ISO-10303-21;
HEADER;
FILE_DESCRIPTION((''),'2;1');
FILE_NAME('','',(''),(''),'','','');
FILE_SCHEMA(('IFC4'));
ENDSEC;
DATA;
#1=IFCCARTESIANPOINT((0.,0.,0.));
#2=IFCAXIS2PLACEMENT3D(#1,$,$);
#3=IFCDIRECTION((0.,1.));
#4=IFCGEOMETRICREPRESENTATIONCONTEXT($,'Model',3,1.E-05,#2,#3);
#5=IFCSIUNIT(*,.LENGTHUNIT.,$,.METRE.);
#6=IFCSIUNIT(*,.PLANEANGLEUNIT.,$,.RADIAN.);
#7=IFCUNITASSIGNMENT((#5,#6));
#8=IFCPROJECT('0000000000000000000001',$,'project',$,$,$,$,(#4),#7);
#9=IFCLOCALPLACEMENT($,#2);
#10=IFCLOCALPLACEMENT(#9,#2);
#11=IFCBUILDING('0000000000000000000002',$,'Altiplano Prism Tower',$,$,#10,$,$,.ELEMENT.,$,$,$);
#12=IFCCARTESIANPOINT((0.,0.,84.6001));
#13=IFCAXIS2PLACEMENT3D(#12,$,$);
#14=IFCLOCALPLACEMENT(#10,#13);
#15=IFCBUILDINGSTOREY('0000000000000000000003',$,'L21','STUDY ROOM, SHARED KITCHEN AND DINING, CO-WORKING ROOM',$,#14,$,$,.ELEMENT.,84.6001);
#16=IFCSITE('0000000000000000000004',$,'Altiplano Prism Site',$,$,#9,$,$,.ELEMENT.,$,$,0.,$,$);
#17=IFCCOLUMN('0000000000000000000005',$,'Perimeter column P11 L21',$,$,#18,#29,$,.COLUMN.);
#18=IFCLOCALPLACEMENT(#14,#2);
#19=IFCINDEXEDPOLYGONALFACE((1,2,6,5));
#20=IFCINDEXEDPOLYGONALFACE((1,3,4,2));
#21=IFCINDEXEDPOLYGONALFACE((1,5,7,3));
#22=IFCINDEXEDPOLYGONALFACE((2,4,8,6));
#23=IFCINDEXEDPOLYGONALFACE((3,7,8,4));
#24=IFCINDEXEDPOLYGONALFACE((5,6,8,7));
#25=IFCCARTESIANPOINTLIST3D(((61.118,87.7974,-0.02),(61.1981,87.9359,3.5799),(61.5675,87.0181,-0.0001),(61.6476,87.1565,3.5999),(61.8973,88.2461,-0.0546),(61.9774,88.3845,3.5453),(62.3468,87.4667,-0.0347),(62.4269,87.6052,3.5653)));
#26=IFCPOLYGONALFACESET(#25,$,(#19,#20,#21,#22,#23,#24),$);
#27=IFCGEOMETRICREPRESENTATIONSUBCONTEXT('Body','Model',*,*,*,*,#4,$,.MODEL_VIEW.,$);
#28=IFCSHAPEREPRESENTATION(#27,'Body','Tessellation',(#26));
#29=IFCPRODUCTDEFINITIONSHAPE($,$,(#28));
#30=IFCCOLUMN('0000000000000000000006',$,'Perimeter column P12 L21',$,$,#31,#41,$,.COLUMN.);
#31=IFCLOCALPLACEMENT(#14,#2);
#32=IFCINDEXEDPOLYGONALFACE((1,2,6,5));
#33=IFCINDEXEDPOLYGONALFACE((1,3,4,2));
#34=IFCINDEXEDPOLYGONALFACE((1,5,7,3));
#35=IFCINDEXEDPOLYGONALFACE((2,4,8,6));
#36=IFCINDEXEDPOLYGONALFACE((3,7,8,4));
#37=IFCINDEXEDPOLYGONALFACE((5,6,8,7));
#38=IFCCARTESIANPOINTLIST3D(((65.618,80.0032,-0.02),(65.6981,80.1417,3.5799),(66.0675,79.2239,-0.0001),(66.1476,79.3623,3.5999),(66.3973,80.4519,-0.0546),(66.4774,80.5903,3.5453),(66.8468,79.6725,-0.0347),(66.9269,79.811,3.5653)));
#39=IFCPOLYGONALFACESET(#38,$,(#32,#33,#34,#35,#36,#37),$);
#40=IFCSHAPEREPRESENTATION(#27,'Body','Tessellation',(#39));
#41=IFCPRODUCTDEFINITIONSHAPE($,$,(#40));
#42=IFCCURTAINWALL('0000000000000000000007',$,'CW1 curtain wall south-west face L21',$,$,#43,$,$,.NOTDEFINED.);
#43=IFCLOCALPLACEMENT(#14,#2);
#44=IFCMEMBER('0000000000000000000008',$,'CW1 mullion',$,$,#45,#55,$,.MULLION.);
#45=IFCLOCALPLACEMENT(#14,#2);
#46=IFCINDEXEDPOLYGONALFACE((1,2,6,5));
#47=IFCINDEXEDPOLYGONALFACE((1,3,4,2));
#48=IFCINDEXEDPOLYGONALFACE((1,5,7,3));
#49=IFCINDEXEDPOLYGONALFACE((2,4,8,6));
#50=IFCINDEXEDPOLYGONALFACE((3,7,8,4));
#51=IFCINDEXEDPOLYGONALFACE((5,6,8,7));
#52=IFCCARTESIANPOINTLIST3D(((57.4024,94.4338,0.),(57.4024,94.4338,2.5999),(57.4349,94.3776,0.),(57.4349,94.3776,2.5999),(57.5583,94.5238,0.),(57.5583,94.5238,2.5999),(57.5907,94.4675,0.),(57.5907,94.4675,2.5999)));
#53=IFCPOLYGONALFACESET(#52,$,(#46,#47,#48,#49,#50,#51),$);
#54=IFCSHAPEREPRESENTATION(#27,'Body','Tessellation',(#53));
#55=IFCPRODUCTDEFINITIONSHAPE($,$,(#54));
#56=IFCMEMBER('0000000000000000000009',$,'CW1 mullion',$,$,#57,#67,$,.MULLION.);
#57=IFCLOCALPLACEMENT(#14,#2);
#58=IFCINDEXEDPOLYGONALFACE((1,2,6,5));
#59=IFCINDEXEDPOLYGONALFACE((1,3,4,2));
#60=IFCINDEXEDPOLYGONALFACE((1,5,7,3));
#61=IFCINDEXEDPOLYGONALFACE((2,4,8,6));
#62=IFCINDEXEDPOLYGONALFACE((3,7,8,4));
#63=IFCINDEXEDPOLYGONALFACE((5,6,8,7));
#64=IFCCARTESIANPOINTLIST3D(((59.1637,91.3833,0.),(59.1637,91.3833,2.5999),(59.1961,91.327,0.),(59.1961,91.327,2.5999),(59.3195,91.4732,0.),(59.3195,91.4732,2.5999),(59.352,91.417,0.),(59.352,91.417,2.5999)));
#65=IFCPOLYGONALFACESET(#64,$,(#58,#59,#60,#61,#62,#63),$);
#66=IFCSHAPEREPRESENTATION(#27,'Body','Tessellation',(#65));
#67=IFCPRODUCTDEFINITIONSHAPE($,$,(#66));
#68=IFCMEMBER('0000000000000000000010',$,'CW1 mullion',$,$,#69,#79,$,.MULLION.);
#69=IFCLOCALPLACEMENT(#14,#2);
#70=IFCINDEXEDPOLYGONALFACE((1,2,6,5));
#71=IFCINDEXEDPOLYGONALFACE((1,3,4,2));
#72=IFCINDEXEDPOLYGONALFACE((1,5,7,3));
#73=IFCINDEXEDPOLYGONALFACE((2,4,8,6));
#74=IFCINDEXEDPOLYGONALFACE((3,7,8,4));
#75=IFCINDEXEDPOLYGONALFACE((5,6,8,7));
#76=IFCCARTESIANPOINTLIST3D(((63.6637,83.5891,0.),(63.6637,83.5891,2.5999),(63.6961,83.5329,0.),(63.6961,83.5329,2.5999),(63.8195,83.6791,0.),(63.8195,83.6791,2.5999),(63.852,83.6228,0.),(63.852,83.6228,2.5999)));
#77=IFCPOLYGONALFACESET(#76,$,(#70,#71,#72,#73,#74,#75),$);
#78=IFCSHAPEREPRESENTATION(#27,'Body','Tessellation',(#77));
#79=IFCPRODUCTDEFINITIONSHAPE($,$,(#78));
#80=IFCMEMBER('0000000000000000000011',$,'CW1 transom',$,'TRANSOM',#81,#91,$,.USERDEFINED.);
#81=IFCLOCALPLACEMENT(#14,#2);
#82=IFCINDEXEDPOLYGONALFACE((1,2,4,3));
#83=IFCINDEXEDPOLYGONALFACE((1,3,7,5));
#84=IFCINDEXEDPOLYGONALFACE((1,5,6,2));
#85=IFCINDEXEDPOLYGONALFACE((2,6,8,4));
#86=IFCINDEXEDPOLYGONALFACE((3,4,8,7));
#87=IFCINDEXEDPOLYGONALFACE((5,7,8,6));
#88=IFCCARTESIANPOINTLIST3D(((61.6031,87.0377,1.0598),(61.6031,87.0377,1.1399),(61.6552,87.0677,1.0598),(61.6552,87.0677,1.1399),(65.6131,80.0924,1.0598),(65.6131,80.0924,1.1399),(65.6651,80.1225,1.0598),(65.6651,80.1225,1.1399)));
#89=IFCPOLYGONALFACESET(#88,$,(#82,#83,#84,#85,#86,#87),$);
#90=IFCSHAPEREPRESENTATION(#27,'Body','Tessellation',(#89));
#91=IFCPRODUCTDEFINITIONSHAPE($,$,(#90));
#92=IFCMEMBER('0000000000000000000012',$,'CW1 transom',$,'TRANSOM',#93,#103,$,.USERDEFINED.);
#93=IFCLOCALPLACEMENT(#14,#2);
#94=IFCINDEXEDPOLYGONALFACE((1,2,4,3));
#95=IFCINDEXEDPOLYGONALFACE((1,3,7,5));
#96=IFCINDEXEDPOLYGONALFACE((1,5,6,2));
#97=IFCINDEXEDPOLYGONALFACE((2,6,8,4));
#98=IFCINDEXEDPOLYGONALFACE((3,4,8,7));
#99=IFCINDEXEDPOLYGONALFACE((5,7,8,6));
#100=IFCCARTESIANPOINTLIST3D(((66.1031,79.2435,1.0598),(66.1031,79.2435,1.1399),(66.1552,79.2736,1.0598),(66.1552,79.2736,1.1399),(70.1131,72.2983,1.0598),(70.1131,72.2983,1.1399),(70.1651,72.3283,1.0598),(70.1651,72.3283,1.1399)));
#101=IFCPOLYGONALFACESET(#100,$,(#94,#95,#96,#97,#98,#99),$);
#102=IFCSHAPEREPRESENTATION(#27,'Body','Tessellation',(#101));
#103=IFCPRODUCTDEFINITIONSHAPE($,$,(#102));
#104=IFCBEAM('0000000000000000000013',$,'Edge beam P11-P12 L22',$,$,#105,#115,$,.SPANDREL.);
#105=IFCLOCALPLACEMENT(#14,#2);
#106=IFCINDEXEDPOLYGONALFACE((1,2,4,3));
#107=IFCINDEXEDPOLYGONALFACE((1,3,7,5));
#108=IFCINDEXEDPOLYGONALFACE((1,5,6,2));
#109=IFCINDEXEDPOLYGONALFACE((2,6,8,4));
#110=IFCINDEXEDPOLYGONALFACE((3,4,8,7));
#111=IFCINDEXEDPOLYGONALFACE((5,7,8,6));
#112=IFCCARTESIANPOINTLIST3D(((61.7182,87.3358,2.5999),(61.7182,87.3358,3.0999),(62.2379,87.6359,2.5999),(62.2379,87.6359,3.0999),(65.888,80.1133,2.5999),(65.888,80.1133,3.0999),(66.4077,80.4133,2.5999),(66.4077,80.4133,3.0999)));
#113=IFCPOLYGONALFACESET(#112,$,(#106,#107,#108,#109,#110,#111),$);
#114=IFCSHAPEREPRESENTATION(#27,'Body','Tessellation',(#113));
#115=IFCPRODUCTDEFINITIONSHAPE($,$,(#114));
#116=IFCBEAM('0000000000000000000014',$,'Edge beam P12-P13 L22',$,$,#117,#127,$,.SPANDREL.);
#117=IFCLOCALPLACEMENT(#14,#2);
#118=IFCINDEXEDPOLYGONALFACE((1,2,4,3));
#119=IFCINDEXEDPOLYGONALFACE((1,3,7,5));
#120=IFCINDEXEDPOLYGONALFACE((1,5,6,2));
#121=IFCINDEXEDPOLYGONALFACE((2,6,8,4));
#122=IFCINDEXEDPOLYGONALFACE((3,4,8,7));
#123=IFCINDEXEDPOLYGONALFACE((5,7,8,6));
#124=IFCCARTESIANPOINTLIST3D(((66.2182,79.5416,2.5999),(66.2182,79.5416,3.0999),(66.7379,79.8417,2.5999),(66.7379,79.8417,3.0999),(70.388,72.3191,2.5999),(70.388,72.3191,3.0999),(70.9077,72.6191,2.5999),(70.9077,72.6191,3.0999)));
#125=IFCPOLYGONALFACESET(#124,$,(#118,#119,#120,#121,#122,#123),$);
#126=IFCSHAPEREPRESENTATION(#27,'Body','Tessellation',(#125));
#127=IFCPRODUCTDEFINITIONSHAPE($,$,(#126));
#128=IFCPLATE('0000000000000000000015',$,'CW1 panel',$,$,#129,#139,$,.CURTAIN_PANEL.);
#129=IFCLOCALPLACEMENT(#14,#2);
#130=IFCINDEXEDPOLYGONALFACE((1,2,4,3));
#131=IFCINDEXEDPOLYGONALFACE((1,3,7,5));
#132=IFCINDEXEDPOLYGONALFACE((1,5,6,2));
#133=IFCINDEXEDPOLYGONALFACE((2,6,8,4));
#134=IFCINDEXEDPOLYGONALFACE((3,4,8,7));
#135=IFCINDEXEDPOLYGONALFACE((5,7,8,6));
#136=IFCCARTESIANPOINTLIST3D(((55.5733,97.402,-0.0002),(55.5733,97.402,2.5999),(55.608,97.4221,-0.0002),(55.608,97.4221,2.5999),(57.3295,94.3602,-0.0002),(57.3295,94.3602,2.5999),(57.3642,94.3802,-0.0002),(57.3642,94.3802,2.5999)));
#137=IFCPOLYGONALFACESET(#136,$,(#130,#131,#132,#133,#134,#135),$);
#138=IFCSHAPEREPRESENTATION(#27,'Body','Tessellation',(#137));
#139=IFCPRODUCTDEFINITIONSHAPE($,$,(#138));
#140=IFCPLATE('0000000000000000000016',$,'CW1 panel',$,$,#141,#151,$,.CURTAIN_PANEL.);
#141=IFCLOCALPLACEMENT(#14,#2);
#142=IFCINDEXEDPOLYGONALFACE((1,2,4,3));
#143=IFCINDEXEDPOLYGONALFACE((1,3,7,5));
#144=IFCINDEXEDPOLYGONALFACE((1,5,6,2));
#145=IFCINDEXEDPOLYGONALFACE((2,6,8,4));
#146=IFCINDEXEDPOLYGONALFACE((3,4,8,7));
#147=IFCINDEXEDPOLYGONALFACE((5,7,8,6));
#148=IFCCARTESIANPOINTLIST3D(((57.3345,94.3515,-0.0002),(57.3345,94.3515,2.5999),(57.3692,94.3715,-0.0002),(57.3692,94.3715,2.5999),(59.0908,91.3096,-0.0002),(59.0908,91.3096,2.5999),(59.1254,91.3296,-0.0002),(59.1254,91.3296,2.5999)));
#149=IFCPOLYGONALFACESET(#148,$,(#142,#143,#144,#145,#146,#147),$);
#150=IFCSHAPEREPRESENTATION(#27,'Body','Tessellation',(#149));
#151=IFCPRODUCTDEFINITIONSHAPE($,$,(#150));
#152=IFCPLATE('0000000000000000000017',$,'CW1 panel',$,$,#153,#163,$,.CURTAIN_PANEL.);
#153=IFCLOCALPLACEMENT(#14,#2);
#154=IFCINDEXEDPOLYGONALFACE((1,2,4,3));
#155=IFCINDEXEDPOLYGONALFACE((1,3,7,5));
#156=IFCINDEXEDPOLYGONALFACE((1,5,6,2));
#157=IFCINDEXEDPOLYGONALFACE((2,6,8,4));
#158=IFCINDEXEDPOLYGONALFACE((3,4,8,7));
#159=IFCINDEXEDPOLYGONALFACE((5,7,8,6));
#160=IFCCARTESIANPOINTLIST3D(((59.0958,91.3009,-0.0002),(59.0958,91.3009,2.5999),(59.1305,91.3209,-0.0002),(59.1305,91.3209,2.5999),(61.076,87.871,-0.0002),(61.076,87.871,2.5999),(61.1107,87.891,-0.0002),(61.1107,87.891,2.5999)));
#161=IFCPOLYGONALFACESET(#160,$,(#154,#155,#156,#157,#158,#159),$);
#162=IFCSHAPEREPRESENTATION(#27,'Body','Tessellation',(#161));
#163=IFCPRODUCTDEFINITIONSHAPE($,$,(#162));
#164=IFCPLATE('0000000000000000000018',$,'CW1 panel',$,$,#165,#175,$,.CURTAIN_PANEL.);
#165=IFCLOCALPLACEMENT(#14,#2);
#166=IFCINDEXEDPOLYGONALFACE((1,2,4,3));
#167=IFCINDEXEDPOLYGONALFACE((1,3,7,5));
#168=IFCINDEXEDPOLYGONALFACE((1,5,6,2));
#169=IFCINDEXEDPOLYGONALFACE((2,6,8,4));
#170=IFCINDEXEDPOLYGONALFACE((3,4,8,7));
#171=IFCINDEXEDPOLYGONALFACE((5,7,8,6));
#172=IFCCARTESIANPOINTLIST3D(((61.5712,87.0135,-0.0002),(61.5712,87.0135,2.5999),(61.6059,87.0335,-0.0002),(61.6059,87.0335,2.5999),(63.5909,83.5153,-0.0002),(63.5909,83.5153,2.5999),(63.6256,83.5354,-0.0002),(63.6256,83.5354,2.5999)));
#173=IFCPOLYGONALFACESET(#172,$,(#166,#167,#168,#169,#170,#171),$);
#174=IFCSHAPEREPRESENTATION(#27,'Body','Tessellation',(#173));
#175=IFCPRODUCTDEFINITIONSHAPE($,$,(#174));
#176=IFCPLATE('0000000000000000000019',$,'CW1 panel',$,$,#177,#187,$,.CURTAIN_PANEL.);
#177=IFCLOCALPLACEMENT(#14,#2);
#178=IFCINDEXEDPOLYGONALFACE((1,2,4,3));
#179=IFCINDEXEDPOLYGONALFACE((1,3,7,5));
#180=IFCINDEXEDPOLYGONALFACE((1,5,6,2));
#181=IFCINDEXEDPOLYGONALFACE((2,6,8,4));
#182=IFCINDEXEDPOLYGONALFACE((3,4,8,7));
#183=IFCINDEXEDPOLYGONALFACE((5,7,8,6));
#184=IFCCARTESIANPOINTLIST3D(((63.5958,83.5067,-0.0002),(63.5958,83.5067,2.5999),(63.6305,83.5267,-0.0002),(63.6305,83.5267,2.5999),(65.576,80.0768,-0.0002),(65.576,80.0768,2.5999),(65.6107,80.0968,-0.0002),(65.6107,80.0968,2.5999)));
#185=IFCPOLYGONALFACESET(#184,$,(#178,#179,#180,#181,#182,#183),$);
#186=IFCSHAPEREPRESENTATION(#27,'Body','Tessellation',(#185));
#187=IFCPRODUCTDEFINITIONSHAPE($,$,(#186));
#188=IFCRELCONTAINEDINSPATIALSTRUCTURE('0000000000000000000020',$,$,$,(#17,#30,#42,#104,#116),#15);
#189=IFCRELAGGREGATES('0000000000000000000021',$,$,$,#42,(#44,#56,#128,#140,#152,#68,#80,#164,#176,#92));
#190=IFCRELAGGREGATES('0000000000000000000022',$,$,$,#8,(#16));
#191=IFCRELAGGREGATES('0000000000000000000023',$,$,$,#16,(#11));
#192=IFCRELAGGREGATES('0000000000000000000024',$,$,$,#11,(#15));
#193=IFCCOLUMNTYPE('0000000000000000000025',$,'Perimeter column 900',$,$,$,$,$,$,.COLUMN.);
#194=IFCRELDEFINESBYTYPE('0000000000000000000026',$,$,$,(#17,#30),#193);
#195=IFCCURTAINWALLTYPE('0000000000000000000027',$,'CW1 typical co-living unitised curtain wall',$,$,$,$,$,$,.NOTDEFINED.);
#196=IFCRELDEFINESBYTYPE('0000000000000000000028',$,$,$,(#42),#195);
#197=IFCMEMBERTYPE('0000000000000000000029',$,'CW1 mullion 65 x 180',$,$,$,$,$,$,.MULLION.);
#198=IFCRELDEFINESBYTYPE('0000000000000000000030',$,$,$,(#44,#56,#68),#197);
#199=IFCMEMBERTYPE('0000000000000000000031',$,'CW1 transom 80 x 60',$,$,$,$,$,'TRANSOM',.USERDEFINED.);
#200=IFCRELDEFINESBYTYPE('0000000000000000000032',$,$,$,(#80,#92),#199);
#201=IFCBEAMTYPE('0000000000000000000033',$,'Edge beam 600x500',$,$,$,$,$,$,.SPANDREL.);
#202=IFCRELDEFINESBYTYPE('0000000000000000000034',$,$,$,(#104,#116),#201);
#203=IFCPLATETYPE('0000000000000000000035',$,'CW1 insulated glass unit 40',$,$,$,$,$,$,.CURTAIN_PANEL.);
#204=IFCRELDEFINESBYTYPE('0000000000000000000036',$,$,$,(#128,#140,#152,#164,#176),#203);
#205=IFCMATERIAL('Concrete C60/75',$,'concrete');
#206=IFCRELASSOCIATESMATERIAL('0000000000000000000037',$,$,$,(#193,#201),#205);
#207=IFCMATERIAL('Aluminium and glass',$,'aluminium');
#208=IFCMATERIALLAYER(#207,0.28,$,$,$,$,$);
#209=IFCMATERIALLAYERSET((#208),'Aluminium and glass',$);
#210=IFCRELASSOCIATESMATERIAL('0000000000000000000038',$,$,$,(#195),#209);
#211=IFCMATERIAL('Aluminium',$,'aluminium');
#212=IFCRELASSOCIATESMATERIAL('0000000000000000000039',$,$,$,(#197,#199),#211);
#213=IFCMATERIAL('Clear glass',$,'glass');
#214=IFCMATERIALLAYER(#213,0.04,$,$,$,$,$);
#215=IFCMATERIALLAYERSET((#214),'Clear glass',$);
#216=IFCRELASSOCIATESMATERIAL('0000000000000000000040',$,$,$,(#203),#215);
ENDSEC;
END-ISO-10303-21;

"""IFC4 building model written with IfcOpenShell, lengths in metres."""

from ifc_helpers import new_model, si_unit, direction, frame, origin, origin_2d, place, context, subcontext, project, spatial, rectangle, extrude, material, layer, layer_set, material_profile, profile_set, type_object, element, aggregate, save


model = new_model("IFC4")

# Units and contexts
model_context = context("Model", 3, precision=1e-05, world=origin(), true_north=direction((0.0, 1.0)))
body_context = subcontext(model_context, "Body", "Model", "MODEL_VIEW")
ifc_project = project(units=[si_unit("LENGTHUNIT", "METRE"), si_unit("PLANEANGLEUNIT", "RADIAN")], contexts=[model_context])

# Site, building, storey
site_placement = place(None, origin())
site = spatial("IfcSite", under=ifc_project, at=site_placement, Name="Altiplano Prism Site", CompositionType="ELEMENT", RefElevation=0.0)
building_placement = place(site_placement, origin())
building = spatial("IfcBuilding", under=site, at=building_placement, Name="Altiplano Prism Tower", CompositionType="ELEMENT")
storey_placement = place(building_placement, frame((0.0, 0.0, 84.6001)))
storey = spatial("IfcBuildingStorey", under=building, at=storey_placement, Name="L21", Description="STUDY ROOM, SHARED KITCHEN AND DINING, CO-WORKING ROOM", CompositionType="ELEMENT", Elevation=84.6001)

# Columns
ifc_material_1 = material(Name="Concrete C60/75", Category="concrete")
ifc_material_profile_1 = material_profile(ifc_material_1, rectangle(XDim=0.8999, YDim=0.8999, at=origin_2d()), Name="Perimeter column 900")
ifc_profile_set_1 = profile_set([ifc_material_profile_1], Name="Concrete C60/75")
column_type = type_object("IfcColumnType", Name="Perimeter column 900", PredefinedType="COLUMN", material=ifc_profile_set_1)
for number, where, z_axis, x_axis, name in (
    (1, (61.7324, 87.6321, -0.0273), (0.022223, 0.038416, 0.999015), (-0.866024, -0.498523, 0.038435), "Perimeter column P11 L21"),
    (2, (66.2324, 79.8379, -0.0273), (0.022223, 0.038416, 0.999015), (-0.866024, -0.498523, 0.038435), "Perimeter column P12 L21"),
):
    element("IfcColumn", number, at=place(storey_placement, frame(where, z_axis=z_axis, x_axis=x_axis)), inside=storey, type_object=column_type, Name=name, PredefinedType="COLUMN", context=body_context, shape_type="SweptSolid", body=[
        extrude(rectangle(XDim=0.8999, YDim=0.8999, at=origin_2d()), origin(), (0.0, 0.0, 1.0), 3.6035),
    ])

# Curtain wall, members
ifc_material_2 = material(Name="Aluminium and glass", Category="aluminium")
ifc_layer_1 = layer(ifc_material_2, 0.28)
ifc_layer_set_1 = layer_set([ifc_layer_1], Name="Aluminium and glass")
curtain_wall_type = type_object("IfcCurtainWallType", Name="CW1 typical co-living unitised curtain wall", PredefinedType="NOTDEFINED", material=ifc_layer_set_1)
curtain_wall_placement = place(storey_placement, origin())
curtain_wall = element("IfcCurtainWall", 3, at=curtain_wall_placement, inside=storey, type_object=curtain_wall_type, Name="CW1 curtain wall south-west face L21", PredefinedType="NOTDEFINED")
ifc_material_3 = material(Name="Aluminium", Category="aluminium")
ifc_material_profile_2 = material_profile(ifc_material_3, rectangle(XDim=0.1799, YDim=0.0649, at=origin_2d()), Name="CW1 mullion 65 x 180")
ifc_profile_set_2 = profile_set([ifc_material_profile_2], Name="Aluminium")
member_type_1 = type_object("IfcMemberType", Name="CW1 mullion 65 x 180", PredefinedType="MULLION", material=ifc_profile_set_2)
member_1_placement = place(storey_placement, frame((57.4966, 94.4507, 0.0), z_axis=(0.0, 0.0, 1.0), x_axis=(0.866025, 0.5, 0.0)))
member_1 = element("IfcMember", 4, at=member_1_placement, type_object=member_type_1, Name="CW1 mullion", PredefinedType="MULLION", context=body_context, shape_type="SweptSolid", body=[
    extrude(rectangle(XDim=0.1799, YDim=0.0649, at=origin_2d()), origin(), (0.0, 0.0, 1.0), 2.5999),
])
member_2_placement = place(storey_placement, frame((59.2578, 91.4001, 0.0), z_axis=(0.0, 0.0, 1.0), x_axis=(0.866025, 0.5, 0.0)))
member_2 = element("IfcMember", 5, at=member_2_placement, type_object=member_type_1, Name="CW1 mullion", PredefinedType="MULLION", context=body_context, shape_type="SweptSolid", body=[
    extrude(rectangle(XDim=0.1799, YDim=0.0649, at=origin_2d()), origin(), (0.0, 0.0, 1.0), 2.5999),
])
member_3_placement = place(storey_placement, frame((63.7578, 83.606, 0.0), z_axis=(0.0, 0.0, 1.0), x_axis=(0.866025, 0.5, 0.0)))
member_3 = element("IfcMember", 6, at=member_3_placement, type_object=member_type_1, Name="CW1 mullion", PredefinedType="MULLION", context=body_context, shape_type="SweptSolid", body=[
    extrude(rectangle(XDim=0.1799, YDim=0.0649, at=origin_2d()), origin(), (0.0, 0.0, 1.0), 2.5999),
])
ifc_material_profile_3 = material_profile(ifc_material_3, rectangle(XDim=0.0601, YDim=0.0801, at=origin_2d()), Name="CW1 transom 80 x 60")
ifc_profile_set_3 = profile_set([ifc_material_profile_3], Name="Aluminium")
member_type_2 = type_object("IfcMemberType", Name="CW1 transom 80 x 60", ElementType="TRANSOM", PredefinedType="USERDEFINED", material=ifc_profile_set_3)
member_4_placement = place(storey_placement, frame((61.6292, 87.0527, 1.0999), z_axis=(0.500012, -0.866018, 0.0), x_axis=(0.866018, 0.500012, 0.0)))
member_4 = element("IfcMember", 7, at=member_4_placement, type_object=member_type_2, Name="CW1 transom", ObjectType="TRANSOM", PredefinedType="USERDEFINED", context=body_context, shape_type="SweptSolid", body=[
    extrude(rectangle(XDim=0.0601, YDim=0.0801, at=origin_2d()), origin(), (0.0, 0.0, 1.0), 8.0198),
])
member_5_placement = place(storey_placement, frame((66.1292, 79.2585, 1.0999), z_axis=(0.500012, -0.866018, 0.0), x_axis=(0.866018, 0.500012, 0.0)))
member_5 = element("IfcMember", 8, at=member_5_placement, type_object=member_type_2, Name="CW1 transom", ObjectType="TRANSOM", PredefinedType="USERDEFINED", context=body_context, shape_type="SweptSolid", body=[
    extrude(rectangle(XDim=0.0601, YDim=0.0801, at=origin_2d()), origin(), (0.0, 0.0, 1.0), 8.0198),
])

# Beams
ifc_material_profile_4 = material_profile(ifc_material_1, rectangle(XDim=0.6001, YDim=0.5, at=origin_2d()), Name="Edge beam 600x500")
ifc_profile_set_4 = profile_set([ifc_material_profile_4], Name="Concrete C60/75")
beam_type = type_object("IfcBeamType", Name="Edge beam 600x500", PredefinedType="SPANDREL", material=ifc_profile_set_4)
for number, where, z_axis, x_axis, name in (
    (9, (61.978, 87.4858, 2.8499), (0.499993, -0.86603, 0.0), (0.86603, 0.499993, 0.0), "Edge beam P11-P12 L22"),
    (10, (66.478, 79.6917, 2.8499), (0.499993, -0.86603, 0.0), (0.86603, 0.499993, 0.0), "Edge beam P12-P13 L22"),
):
    element("IfcBeam", number, at=place(storey_placement, frame(where, z_axis=z_axis, x_axis=x_axis)), inside=storey, type_object=beam_type, Name=name, PredefinedType="SPANDREL", context=body_context, shape_type="SweptSolid", body=[
        extrude(rectangle(XDim=0.6001, YDim=0.5, at=origin_2d()), origin(), (0.0, 0.0, 1.0), 8.3398),
    ])

# Plates
ifc_material_4 = material(Name="Clear glass", Category="glass")
ifc_layer_2 = layer(ifc_material_4, 0.04)
ifc_layer_set_2 = layer_set([ifc_layer_2], Name="Clear glass")
plate_type = type_object("IfcPlateType", Name="CW1 insulated glass unit 40", PredefinedType="CURTAIN_PANEL", material=ifc_layer_set_2)
plate_1_placement = place(storey_placement, frame((56.4688, 95.8911, -0.0002), z_axis=(0.0, 0.0, 1.0), x_axis=(0.5, -0.866025, 0.0)))
plate_1 = element("IfcPlate", 11, at=plate_1_placement, type_object=plate_type, Name="CW1 panel", PredefinedType="CURTAIN_PANEL", context=body_context, shape_type="SweptSolid", body=[
    extrude(rectangle(XDim=3.5125, YDim=0.04, at=origin_2d()), origin(), (0.0, 0.0, 1.0), 2.6001),
])
plate_2_placement = place(storey_placement, frame((58.23, 92.8406, -0.0002), z_axis=(0.0, 0.0, 1.0), x_axis=(0.5, -0.866025, 0.0)))
plate_2 = element("IfcPlate", 12, at=plate_2_placement, type_object=plate_type, Name="CW1 panel", PredefinedType="CURTAIN_PANEL", context=body_context, shape_type="SweptSolid", body=[
    extrude(rectangle(XDim=3.5125, YDim=0.04, at=origin_2d()), origin(), (0.0, 0.0, 1.0), 2.6001),
])
plate_3_placement = place(storey_placement, frame((60.1033, 89.5959, -0.0002), z_axis=(0.0, 0.0, 1.0), x_axis=(0.5, -0.866025, 0.0)))
plate_3 = element("IfcPlate", 13, at=plate_3_placement, type_object=plate_type, Name="CW1 panel", PredefinedType="CURTAIN_PANEL", context=body_context, shape_type="SweptSolid", body=[
    extrude(rectangle(XDim=3.9604, YDim=0.04, at=origin_2d()), origin(), (0.0, 0.0, 1.0), 2.6001),
])
plate_4_placement = place(storey_placement, frame((62.5984, 85.2744, -0.0002), z_axis=(0.0, 0.0, 1.0), x_axis=(0.5, -0.866025, 0.0)))
plate_4 = element("IfcPlate", 14, at=plate_4_placement, type_object=plate_type, Name="CW1 panel", PredefinedType="CURTAIN_PANEL", context=body_context, shape_type="SweptSolid", body=[
    extrude(rectangle(XDim=4.0393, YDim=0.04, at=origin_2d()), origin(), (0.0, 0.0, 1.0), 2.6001),
])
plate_5_placement = place(storey_placement, frame((64.6033, 81.8018, -0.0002), z_axis=(0.0, 0.0, 1.0), x_axis=(0.5, -0.866025, 0.0)))
plate_5 = element("IfcPlate", 15, at=plate_5_placement, type_object=plate_type, Name="CW1 panel", PredefinedType="CURTAIN_PANEL", context=body_context, shape_type="SweptSolid", body=[
    extrude(rectangle(XDim=3.9604, YDim=0.04, at=origin_2d()), origin(), (0.0, 0.0, 1.0), 2.6001),
])
aggregate(curtain_wall, [member_1, member_2, plate_1, plate_2, plate_3, member_3, member_4, plate_4, plate_5, member_5])

save(model, "model.ifc")
